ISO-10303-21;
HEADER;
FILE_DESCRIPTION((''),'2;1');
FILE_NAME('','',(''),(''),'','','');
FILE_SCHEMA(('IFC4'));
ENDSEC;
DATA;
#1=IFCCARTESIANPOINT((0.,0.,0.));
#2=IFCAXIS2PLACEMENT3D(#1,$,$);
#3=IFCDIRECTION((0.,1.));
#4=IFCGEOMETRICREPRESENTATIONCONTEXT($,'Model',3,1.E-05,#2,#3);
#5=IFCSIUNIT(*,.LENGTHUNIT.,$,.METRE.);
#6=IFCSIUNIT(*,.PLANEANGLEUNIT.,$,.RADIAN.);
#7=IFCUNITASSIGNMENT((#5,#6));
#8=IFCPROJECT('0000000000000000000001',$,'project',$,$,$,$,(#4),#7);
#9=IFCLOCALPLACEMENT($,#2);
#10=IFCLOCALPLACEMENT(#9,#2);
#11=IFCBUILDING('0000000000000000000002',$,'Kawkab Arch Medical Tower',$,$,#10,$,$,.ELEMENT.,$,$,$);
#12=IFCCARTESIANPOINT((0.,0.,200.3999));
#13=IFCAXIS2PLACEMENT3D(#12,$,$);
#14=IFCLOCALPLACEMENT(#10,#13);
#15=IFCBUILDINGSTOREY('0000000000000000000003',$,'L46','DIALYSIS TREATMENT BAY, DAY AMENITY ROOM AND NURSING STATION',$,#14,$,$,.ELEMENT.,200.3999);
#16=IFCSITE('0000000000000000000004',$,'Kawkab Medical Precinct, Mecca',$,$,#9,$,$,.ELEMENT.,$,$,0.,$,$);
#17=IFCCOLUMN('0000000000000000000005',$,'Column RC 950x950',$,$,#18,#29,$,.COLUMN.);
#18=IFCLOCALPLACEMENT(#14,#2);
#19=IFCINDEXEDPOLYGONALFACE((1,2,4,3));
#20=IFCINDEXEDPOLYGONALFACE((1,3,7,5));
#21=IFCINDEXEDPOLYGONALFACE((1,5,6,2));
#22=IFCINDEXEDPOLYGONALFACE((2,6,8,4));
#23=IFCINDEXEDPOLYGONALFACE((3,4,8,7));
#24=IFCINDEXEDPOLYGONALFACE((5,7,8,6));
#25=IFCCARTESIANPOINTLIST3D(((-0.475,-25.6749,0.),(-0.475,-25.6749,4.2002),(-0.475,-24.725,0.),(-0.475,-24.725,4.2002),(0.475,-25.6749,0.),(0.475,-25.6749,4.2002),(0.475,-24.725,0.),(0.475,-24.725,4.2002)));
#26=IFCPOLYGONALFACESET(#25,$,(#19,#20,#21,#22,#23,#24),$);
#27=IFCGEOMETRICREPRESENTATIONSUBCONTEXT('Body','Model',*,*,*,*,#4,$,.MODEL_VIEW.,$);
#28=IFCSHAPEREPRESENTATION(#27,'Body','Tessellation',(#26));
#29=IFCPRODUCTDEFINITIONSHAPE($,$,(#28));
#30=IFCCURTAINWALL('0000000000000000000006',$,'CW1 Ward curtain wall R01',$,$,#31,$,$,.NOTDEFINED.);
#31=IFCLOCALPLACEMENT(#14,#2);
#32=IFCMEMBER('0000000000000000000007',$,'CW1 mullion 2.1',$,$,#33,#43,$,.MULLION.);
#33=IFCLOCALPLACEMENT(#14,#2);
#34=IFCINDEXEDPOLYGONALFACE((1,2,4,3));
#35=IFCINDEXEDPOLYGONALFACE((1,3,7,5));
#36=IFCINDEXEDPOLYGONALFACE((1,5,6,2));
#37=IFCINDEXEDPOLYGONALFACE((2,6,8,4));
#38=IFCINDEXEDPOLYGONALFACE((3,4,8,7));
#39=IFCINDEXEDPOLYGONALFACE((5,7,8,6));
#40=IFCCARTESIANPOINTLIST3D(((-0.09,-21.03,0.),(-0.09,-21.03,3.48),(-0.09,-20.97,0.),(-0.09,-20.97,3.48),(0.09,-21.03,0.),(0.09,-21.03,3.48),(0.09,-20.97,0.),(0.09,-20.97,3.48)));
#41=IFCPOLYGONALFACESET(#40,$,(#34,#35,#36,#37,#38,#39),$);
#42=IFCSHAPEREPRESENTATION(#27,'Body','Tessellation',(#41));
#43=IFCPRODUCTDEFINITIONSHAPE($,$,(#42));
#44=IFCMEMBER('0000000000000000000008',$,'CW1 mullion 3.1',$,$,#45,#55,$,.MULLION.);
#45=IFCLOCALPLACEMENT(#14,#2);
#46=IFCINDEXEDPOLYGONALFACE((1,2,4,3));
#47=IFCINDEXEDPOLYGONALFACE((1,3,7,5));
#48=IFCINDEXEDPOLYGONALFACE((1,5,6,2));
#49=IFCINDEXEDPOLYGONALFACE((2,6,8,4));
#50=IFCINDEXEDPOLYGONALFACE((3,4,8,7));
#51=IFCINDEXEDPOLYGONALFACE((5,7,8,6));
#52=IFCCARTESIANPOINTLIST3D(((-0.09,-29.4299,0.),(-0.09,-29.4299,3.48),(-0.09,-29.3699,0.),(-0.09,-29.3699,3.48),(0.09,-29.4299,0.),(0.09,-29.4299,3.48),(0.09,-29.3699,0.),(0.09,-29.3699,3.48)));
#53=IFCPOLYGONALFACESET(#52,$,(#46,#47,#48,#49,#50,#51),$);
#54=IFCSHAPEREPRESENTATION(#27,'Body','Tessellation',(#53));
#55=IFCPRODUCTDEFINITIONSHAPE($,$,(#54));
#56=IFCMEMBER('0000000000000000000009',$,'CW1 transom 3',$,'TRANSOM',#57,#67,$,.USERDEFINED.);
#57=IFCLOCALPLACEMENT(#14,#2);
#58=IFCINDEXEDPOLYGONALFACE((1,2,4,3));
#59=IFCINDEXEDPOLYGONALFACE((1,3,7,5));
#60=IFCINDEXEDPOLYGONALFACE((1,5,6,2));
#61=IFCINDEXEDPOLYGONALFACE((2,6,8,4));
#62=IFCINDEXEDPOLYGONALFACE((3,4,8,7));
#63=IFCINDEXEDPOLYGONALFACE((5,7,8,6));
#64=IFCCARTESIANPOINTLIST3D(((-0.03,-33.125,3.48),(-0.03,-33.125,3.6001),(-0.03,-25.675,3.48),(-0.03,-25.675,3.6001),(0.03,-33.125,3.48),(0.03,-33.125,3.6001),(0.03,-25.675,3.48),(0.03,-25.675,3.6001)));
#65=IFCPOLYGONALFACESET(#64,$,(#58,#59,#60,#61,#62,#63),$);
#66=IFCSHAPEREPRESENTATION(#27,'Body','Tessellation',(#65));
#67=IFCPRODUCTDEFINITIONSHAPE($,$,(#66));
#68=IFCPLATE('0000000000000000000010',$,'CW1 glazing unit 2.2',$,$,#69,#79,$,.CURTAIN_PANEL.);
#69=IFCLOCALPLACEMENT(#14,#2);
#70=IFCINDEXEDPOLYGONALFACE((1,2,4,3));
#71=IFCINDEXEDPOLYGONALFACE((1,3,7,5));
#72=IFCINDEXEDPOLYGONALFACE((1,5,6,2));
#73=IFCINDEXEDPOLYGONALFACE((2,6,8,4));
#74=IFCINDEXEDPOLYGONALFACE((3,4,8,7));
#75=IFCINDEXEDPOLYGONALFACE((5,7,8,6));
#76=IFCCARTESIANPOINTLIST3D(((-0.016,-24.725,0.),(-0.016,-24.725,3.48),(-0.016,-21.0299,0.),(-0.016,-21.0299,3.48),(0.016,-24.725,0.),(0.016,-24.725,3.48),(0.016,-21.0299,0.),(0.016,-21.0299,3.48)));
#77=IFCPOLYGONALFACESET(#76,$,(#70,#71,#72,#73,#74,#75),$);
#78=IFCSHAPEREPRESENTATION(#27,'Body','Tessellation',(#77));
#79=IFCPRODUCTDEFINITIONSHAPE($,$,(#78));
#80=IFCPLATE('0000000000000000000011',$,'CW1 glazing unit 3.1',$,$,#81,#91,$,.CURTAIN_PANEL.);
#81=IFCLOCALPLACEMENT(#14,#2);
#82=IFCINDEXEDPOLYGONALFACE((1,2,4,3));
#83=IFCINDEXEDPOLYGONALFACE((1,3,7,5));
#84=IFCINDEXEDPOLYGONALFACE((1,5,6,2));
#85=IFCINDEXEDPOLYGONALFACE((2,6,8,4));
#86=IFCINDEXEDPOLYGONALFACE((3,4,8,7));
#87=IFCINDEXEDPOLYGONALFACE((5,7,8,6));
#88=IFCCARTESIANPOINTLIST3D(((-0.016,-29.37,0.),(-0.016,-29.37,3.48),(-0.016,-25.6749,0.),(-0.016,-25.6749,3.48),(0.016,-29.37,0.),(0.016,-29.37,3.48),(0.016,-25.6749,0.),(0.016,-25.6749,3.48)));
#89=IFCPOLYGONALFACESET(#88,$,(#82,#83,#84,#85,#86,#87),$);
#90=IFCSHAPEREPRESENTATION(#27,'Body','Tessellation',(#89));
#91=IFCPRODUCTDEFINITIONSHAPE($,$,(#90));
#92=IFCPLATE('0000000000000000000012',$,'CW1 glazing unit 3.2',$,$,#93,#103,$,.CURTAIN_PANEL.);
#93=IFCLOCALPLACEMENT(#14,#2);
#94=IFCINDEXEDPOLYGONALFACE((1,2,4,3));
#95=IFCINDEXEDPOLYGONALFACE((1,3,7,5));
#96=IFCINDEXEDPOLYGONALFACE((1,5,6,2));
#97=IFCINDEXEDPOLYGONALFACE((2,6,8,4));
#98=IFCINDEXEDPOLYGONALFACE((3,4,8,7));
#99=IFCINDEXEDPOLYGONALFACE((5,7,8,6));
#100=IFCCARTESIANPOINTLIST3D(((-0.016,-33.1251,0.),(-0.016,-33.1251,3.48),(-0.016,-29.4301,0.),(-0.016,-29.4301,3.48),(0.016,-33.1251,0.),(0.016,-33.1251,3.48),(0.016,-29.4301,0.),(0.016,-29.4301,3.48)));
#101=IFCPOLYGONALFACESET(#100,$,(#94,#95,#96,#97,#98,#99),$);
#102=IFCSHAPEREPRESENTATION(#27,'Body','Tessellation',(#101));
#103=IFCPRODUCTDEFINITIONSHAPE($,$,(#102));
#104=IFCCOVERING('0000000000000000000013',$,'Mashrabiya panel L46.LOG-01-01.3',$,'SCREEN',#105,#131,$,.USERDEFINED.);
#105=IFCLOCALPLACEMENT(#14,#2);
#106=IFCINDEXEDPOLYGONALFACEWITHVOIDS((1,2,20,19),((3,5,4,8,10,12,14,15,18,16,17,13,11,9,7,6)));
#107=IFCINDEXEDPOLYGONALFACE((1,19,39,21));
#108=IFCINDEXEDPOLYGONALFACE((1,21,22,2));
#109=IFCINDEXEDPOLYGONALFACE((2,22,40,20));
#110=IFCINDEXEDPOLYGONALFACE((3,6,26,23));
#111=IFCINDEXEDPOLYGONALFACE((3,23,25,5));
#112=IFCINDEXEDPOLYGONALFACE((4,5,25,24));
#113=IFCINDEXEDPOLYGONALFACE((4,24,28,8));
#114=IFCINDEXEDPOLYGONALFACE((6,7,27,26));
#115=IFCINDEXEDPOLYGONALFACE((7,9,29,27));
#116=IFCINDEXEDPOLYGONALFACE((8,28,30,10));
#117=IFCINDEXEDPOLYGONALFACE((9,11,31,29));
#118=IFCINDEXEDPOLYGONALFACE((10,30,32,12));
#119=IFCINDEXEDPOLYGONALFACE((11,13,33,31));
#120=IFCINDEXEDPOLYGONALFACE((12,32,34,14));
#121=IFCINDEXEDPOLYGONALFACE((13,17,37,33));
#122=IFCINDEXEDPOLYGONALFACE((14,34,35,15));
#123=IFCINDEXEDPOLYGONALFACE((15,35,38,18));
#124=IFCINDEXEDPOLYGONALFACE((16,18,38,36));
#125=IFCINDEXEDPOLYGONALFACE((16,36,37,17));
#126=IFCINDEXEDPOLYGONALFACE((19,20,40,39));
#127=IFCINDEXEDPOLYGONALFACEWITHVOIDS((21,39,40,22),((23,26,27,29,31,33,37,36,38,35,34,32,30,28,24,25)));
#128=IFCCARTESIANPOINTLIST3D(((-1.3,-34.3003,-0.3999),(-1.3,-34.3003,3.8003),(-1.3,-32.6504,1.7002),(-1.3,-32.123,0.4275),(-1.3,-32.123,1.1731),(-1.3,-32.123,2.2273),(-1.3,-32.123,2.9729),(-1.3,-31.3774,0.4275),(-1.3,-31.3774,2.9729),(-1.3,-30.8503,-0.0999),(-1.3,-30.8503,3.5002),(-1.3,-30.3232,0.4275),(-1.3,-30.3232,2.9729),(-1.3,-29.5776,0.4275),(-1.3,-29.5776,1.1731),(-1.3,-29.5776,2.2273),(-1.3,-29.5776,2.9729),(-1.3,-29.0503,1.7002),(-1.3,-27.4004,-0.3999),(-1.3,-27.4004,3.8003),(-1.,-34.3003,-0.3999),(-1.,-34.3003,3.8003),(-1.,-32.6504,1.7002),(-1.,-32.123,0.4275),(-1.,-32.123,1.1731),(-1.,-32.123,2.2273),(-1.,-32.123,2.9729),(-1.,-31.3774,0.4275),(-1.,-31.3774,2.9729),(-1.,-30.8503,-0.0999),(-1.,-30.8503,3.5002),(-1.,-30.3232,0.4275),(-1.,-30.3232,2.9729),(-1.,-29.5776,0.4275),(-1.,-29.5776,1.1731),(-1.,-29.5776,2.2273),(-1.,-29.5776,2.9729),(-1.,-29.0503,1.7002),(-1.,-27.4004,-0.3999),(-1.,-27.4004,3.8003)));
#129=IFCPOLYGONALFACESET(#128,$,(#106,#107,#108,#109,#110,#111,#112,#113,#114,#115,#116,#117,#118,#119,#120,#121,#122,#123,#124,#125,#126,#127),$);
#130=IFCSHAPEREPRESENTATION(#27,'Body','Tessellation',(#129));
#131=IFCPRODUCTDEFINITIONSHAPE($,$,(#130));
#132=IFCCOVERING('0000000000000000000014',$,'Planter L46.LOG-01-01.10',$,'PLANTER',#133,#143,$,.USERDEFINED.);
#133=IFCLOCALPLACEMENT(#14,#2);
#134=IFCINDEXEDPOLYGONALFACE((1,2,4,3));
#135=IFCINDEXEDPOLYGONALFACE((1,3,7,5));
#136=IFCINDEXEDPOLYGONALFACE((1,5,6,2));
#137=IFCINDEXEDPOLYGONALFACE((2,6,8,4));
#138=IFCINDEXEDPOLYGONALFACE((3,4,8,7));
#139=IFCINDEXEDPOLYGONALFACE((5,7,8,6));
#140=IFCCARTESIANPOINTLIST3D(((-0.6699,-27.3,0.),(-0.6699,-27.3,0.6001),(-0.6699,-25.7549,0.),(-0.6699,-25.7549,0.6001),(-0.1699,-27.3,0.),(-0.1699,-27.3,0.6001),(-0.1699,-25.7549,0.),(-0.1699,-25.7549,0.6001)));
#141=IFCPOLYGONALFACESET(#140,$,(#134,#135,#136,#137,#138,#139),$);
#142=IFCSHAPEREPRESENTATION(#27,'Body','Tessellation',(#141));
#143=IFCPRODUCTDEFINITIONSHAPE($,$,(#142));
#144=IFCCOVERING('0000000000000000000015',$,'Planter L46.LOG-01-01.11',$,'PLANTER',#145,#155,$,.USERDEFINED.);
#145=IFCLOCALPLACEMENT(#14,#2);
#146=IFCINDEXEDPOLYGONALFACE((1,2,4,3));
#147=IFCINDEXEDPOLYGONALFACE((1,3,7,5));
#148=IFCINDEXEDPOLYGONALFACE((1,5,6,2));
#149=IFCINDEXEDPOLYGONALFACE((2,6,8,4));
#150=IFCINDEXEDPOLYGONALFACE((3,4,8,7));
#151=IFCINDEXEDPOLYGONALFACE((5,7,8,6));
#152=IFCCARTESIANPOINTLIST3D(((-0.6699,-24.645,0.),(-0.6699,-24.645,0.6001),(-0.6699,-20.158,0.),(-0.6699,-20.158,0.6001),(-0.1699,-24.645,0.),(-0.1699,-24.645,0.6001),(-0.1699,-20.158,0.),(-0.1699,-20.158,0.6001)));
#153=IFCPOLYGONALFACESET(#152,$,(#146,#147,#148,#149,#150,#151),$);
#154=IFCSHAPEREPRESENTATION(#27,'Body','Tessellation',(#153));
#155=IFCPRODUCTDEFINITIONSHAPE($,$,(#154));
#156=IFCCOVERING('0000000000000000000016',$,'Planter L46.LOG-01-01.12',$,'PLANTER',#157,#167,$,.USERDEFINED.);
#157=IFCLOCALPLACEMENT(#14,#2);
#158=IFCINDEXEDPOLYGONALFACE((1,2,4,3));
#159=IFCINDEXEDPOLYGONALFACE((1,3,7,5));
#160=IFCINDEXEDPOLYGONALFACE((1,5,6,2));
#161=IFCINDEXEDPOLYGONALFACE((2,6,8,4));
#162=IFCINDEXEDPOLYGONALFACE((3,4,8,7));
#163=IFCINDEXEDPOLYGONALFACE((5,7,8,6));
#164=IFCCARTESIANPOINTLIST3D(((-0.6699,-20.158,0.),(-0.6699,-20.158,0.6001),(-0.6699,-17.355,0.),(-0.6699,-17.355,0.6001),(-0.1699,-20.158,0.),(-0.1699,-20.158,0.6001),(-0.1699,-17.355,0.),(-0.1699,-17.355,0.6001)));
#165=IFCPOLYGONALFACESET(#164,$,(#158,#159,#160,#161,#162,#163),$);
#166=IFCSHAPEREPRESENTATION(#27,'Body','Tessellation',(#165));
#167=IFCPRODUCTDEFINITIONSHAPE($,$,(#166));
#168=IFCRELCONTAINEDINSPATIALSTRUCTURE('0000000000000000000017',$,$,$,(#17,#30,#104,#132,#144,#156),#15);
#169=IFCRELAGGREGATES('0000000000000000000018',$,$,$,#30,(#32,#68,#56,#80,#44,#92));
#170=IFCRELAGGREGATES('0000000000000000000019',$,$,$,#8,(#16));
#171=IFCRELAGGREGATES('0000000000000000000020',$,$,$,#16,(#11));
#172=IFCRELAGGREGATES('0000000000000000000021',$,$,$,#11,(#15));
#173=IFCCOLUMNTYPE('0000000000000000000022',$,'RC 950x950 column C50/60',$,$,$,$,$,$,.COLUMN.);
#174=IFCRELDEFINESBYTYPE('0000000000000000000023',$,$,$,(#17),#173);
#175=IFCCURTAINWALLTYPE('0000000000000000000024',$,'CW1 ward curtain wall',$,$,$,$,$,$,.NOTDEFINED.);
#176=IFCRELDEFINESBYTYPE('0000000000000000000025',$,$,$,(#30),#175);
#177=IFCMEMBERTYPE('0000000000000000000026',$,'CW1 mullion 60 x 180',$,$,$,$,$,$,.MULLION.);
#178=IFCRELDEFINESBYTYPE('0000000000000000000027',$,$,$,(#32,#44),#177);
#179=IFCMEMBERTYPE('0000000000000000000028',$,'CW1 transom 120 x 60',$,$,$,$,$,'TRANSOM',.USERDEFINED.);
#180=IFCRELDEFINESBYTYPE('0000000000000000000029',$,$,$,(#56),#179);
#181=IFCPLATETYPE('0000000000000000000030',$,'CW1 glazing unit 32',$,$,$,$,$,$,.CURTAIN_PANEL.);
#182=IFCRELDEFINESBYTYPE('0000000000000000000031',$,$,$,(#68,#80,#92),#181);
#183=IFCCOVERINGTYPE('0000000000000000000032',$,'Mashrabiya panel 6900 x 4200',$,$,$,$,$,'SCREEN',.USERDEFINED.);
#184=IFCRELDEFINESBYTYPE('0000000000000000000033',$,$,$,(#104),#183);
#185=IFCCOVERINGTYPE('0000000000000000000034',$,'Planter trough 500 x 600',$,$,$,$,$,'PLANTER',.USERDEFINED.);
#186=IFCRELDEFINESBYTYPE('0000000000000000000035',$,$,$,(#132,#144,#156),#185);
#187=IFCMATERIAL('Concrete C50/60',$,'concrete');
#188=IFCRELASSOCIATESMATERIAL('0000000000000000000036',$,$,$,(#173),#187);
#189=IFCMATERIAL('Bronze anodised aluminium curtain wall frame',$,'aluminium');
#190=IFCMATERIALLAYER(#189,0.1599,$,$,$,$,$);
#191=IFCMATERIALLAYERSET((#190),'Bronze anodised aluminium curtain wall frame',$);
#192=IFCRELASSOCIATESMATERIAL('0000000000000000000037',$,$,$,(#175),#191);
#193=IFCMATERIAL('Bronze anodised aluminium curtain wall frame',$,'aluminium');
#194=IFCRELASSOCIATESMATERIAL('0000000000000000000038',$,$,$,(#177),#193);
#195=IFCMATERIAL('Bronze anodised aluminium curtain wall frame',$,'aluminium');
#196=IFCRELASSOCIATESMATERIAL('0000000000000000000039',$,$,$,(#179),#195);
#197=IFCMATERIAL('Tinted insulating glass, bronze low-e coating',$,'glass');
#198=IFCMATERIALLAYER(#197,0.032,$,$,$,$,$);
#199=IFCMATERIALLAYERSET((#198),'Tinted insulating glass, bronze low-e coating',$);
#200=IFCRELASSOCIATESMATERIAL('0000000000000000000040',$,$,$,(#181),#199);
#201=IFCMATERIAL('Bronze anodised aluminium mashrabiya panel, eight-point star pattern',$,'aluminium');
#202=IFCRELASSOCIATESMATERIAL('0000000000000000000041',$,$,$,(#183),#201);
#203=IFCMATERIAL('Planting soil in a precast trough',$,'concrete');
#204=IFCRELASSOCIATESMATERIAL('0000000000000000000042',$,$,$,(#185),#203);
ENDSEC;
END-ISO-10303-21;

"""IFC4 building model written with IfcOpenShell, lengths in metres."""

from ifc_helpers import new_model, si_unit, direction, frame, origin, origin_2d, place, context, subcontext, project, spatial, polyline, rectangle, outline, extrude, material, layer, layer_set, material_profile, profile_set, type_object, element, aggregate, save


model = new_model("IFC4")

# Units and contexts
model_context = context("Model", 3, precision=1e-05, world=origin(), true_north=direction((0.0, 1.0)))
body_context = subcontext(model_context, "Body", "Model", "MODEL_VIEW")
ifc_project = project(units=[si_unit("LENGTHUNIT", "METRE"), si_unit("PLANEANGLEUNIT", "RADIAN")], contexts=[model_context])

# Site, building, storey
site_placement = place(None, origin())
site = spatial("IfcSite", under=ifc_project, at=site_placement, Name="Kawkab Medical Precinct, Mecca", CompositionType="ELEMENT", RefElevation=0.0)
building_placement = place(site_placement, origin())
building = spatial("IfcBuilding", under=site, at=building_placement, Name="Kawkab Arch Medical Tower", CompositionType="ELEMENT")
storey_placement = place(building_placement, frame((0.0, 0.0, 200.3999)))
storey = spatial("IfcBuildingStorey", under=building, at=storey_placement, Name="L46", Description="DIALYSIS TREATMENT BAY, DAY AMENITY ROOM AND NURSING STATION", CompositionType="ELEMENT", Elevation=200.3999)

# Column
ifc_material_1 = material(Name="Concrete C50/60", Category="concrete")
ifc_material_profile_1 = material_profile(ifc_material_1, rectangle(XDim=0.95, YDim=0.95, at=origin_2d()), Name="RC 950x950")
ifc_profile_set_1 = profile_set([ifc_material_profile_1], Name="Concrete C50/60")
column_type = type_object("IfcColumnType", Name="RC 950x950 column C50/60", PredefinedType="COLUMN", material=ifc_profile_set_1)
column_placement = place(storey_placement, frame((0.0, -25.2, 0.0), z_axis=(0.0, 0.0, 1.0), x_axis=(1.0, 0.0, 0.0)))
element("IfcColumn", 1, at=column_placement, inside=storey, type_object=column_type, Name="Column RC 950x950", PredefinedType="COLUMN", context=body_context, shape_type="SweptSolid", body=[
    extrude(rectangle(XDim=0.95, YDim=0.95, at=origin_2d()), origin(), (0.0, 0.0, 1.0), 4.2002),
])

# Curtain wall, members, plates
ifc_material_2 = material(Name="Bronze anodised aluminium curtain wall frame", Category="aluminium")
ifc_layer_1 = layer(ifc_material_2, 0.1599)
ifc_layer_set_1 = layer_set([ifc_layer_1], Name="Bronze anodised aluminium curtain wall frame")
curtain_wall_type = type_object("IfcCurtainWallType", Name="CW1 ward curtain wall", PredefinedType="NOTDEFINED", material=ifc_layer_set_1)
curtain_wall_placement = place(storey_placement, origin())
curtain_wall = element("IfcCurtainWall", 2, at=curtain_wall_placement, inside=storey, type_object=curtain_wall_type, Name="CW1 Ward curtain wall R01", PredefinedType="NOTDEFINED")
ifc_material_3 = material(Name="Bronze anodised aluminium curtain wall frame", Category="aluminium")
ifc_material_profile_2 = material_profile(ifc_material_3, rectangle(XDim=0.1799, YDim=0.0601, at=origin_2d()), Name="AL 60x180")
ifc_profile_set_2 = profile_set([ifc_material_profile_2], Name="Bronze anodised aluminium curtain wall frame")
member_type_1 = type_object("IfcMemberType", Name="CW1 mullion 60 x 180", PredefinedType="MULLION", material=ifc_profile_set_2)
member_1_placement = place(storey_placement, frame((0.0, -21.0, 0.0), z_axis=(0.0, 0.0, 1.0), x_axis=(1.0, 0.0, 0.0)))
member_1 = element("IfcMember", 3, at=member_1_placement, type_object=member_type_1, Name="CW1 mullion 2.1", PredefinedType="MULLION", context=body_context, shape_type="SweptSolid", body=[
    extrude(rectangle(XDim=0.1799, YDim=0.0601, at=origin_2d()), origin(), (0.0, 0.0, 1.0), 3.48),
])
member_2_placement = place(storey_placement, frame((0.0, -29.3999, 0.0), z_axis=(0.0, 0.0, 1.0), x_axis=(1.0, 0.0, 0.0)))
member_2 = element("IfcMember", 4, at=member_2_placement, type_object=member_type_1, Name="CW1 mullion 3.1", PredefinedType="MULLION", context=body_context, shape_type="SweptSolid", body=[
    extrude(rectangle(XDim=0.1799, YDim=0.0601, at=origin_2d()), origin(), (0.0, 0.0, 1.0), 3.48),
])
ifc_material_4 = material(Name="Bronze anodised aluminium curtain wall frame", Category="aluminium")
ifc_material_profile_3 = material_profile(ifc_material_4, rectangle(XDim=0.0601, YDim=0.1201, at=origin_2d()), Name="AL 60x120")
ifc_profile_set_3 = profile_set([ifc_material_profile_3], Name="Bronze anodised aluminium curtain wall frame")
member_type_2 = type_object("IfcMemberType", Name="CW1 transom 120 x 60", ElementType="TRANSOM", PredefinedType="USERDEFINED", material=ifc_profile_set_3)
member_3_placement = place(storey_placement, frame((0.0, -25.675, 3.54), z_axis=(0.0, -1.0, 0.0), x_axis=(1.0, 0.0, 0.0)))
member_3 = element("IfcMember", 5, at=member_3_placement, type_object=member_type_2, Name="CW1 transom 3", ObjectType="TRANSOM", PredefinedType="USERDEFINED", context=body_context, shape_type="SweptSolid", body=[
    extrude(rectangle(XDim=0.0601, YDim=0.1201, at=origin_2d()), origin(), (0.0, 0.0, 1.0), 7.45),
])
ifc_material_5 = material(Name="Tinted insulating glass, bronze low-e coating", Category="glass")
ifc_layer_2 = layer(ifc_material_5, 0.032)
ifc_layer_set_2 = layer_set([ifc_layer_2], Name="Tinted insulating glass, bronze low-e coating")
plate_type = type_object("IfcPlateType", Name="CW1 glazing unit 32", PredefinedType="CURTAIN_PANEL", material=ifc_layer_set_2)
plate_1_placement = place(storey_placement, frame((0.0, -22.8774, 0.0), z_axis=(0.0, 0.0, 1.0), x_axis=(0.0, -1.0, 0.0)))
plate_1 = element("IfcPlate", 6, at=plate_1_placement, type_object=plate_type, Name="CW1 glazing unit 2.2", PredefinedType="CURTAIN_PANEL", context=body_context, shape_type="SweptSolid", body=[
    extrude(rectangle(XDim=3.6951, YDim=0.032, at=origin_2d()), origin(), (0.0, 0.0, 1.0), 3.48),
])
plate_2_placement = place(storey_placement, frame((0.0, -27.5225, 0.0), z_axis=(0.0, 0.0, 1.0), x_axis=(0.0, -1.0, 0.0)))
plate_2 = element("IfcPlate", 7, at=plate_2_placement, type_object=plate_type, Name="CW1 glazing unit 3.1", PredefinedType="CURTAIN_PANEL", context=body_context, shape_type="SweptSolid", body=[
    extrude(rectangle(XDim=3.6951, YDim=0.032, at=origin_2d()), origin(), (0.0, 0.0, 1.0), 3.48),
])
plate_3_placement = place(storey_placement, frame((0.0, -31.2776, 0.0), z_axis=(0.0, 0.0, 1.0), x_axis=(0.0, -1.0, 0.0)))
plate_3 = element("IfcPlate", 8, at=plate_3_placement, type_object=plate_type, Name="CW1 glazing unit 3.2", PredefinedType="CURTAIN_PANEL", context=body_context, shape_type="SweptSolid", body=[
    extrude(rectangle(XDim=3.6951, YDim=0.032, at=origin_2d()), origin(), (0.0, 0.0, 1.0), 3.48),
])
aggregate(curtain_wall, [member_1, plate_1, member_3, plate_2, member_2, plate_3])

# Coverings
ifc_material_6 = material(Name="Bronze anodised aluminium mashrabiya panel, eight-point star pattern", Category="aluminium")
ifc_material_profile_4 = material_profile(ifc_material_6, outline(polyline([(-3.45, -2.1001), (3.45, -2.1001), (3.45, 2.1001), (-3.45, 2.1001), (-3.45, -2.1001)]), holes=[polyline([(1.8, 0.0), (1.2727, 0.5271), (1.2727, 1.2727), (0.5271, 1.2727), (0.0, 1.8), (-0.5271, 1.2727), (-1.2727, 1.2727), (-1.2727, 0.5271), (-1.8, 0.0), (-1.2727, -0.5271), (-1.2727, -1.2727), (-0.5271, -1.2727), (0.0, -1.8), (0.5271, -1.2727), (1.2727, -1.2727), (1.2727, -0.5271), (1.8, 0.0)])]), Name="Mashrabiya panel 6900x4200")
ifc_profile_set_4 = profile_set([ifc_material_profile_4], Name="Bronze anodised aluminium mashrabiya panel, eight-point star pattern")
covering_type_1 = type_object("IfcCoveringType", Name="Mashrabiya panel 6900 x 4200", ElementType="SCREEN", PredefinedType="USERDEFINED", material=ifc_profile_set_4)
covering_1_placement = place(storey_placement, frame((-1.0, -30.8503, 1.7002), z_axis=(-1.0, 0.0, 0.0), x_axis=(0.0, -1.0, 0.0)))
element("IfcCovering", 9, at=covering_1_placement, inside=storey, type_object=covering_type_1, Name="Mashrabiya panel L46.LOG-01-01.3", ObjectType="SCREEN", PredefinedType="USERDEFINED", context=body_context, shape_type="SweptSolid", body=[
    extrude(outline(polyline([(-3.45, -2.1001), (3.45, -2.1001), (3.45, 2.1001), (-3.45, 2.1001), (-3.45, -2.1001)]), holes=[polyline([(1.8, 0.0), (1.2727, 0.5271), (1.2727, 1.2727), (0.5271, 1.2727), (0.0, 1.8), (-0.5271, 1.2727), (-1.2727, 1.2727), (-1.2727, 0.5271), (-1.8, 0.0), (-1.2727, -0.5271), (-1.2727, -1.2727), (-0.5271, -1.2727), (0.0, -1.8), (0.5271, -1.2727), (1.2727, -1.2727), (1.2727, -0.5271), (1.8, 0.0)])]), origin(), (0.0, 0.0, 1.0), 0.3),
])
ifc_material_7 = material(Name="Planting soil in a precast trough", Category="concrete")
ifc_material_profile_5 = material_profile(ifc_material_7, rectangle(XDim=0.5, YDim=0.6001, at=origin_2d()), Name="Trough 500x600")
ifc_profile_set_5 = profile_set([ifc_material_profile_5], Name="Planting soil in a precast trough")
covering_type_2 = type_object("IfcCoveringType", Name="Planter trough 500 x 600", ElementType="PLANTER", PredefinedType="USERDEFINED", material=ifc_profile_set_5)
covering_2_placement = place(storey_placement, frame((-0.4199, -27.3, 0.3), z_axis=(0.0, 1.0, 0.0), x_axis=(-1.0, 0.0, 0.0)))
element("IfcCovering", 10, at=covering_2_placement, inside=storey, type_object=covering_type_2, Name="Planter L46.LOG-01-01.10", ObjectType="PLANTER", PredefinedType="USERDEFINED", context=body_context, shape_type="SweptSolid", body=[
    extrude(rectangle(XDim=0.5, YDim=0.6001, at=origin_2d()), origin(), (0.0, 0.0, 1.0), 1.5452),
])
covering_3_placement = place(storey_placement, frame((-0.4199, -24.645, 0.3), z_axis=(0.0, 1.0, 0.0), x_axis=(-1.0, 0.0, 0.0)))
element("IfcCovering", 11, at=covering_3_placement, inside=storey, type_object=covering_type_2, Name="Planter L46.LOG-01-01.11", ObjectType="PLANTER", PredefinedType="USERDEFINED", context=body_context, shape_type="SweptSolid", body=[
    extrude(rectangle(XDim=0.5, YDim=0.6001, at=origin_2d()), origin(), (0.0, 0.0, 1.0), 4.4871),
])
covering_4_placement = place(storey_placement, frame((-0.4199, -20.158, 0.3), z_axis=(0.0, 1.0, 0.0), x_axis=(-1.0, 0.0, 0.0)))
element("IfcCovering", 12, at=covering_4_placement, inside=storey, type_object=covering_type_2, Name="Planter L46.LOG-01-01.12", ObjectType="PLANTER", PredefinedType="USERDEFINED", context=body_context, shape_type="SweptSolid", body=[
    extrude(rectangle(XDim=0.5, YDim=0.6001, at=origin_2d()), origin(), (0.0, 0.0, 1.0), 2.803),
])

save(model, "model.ifc")
